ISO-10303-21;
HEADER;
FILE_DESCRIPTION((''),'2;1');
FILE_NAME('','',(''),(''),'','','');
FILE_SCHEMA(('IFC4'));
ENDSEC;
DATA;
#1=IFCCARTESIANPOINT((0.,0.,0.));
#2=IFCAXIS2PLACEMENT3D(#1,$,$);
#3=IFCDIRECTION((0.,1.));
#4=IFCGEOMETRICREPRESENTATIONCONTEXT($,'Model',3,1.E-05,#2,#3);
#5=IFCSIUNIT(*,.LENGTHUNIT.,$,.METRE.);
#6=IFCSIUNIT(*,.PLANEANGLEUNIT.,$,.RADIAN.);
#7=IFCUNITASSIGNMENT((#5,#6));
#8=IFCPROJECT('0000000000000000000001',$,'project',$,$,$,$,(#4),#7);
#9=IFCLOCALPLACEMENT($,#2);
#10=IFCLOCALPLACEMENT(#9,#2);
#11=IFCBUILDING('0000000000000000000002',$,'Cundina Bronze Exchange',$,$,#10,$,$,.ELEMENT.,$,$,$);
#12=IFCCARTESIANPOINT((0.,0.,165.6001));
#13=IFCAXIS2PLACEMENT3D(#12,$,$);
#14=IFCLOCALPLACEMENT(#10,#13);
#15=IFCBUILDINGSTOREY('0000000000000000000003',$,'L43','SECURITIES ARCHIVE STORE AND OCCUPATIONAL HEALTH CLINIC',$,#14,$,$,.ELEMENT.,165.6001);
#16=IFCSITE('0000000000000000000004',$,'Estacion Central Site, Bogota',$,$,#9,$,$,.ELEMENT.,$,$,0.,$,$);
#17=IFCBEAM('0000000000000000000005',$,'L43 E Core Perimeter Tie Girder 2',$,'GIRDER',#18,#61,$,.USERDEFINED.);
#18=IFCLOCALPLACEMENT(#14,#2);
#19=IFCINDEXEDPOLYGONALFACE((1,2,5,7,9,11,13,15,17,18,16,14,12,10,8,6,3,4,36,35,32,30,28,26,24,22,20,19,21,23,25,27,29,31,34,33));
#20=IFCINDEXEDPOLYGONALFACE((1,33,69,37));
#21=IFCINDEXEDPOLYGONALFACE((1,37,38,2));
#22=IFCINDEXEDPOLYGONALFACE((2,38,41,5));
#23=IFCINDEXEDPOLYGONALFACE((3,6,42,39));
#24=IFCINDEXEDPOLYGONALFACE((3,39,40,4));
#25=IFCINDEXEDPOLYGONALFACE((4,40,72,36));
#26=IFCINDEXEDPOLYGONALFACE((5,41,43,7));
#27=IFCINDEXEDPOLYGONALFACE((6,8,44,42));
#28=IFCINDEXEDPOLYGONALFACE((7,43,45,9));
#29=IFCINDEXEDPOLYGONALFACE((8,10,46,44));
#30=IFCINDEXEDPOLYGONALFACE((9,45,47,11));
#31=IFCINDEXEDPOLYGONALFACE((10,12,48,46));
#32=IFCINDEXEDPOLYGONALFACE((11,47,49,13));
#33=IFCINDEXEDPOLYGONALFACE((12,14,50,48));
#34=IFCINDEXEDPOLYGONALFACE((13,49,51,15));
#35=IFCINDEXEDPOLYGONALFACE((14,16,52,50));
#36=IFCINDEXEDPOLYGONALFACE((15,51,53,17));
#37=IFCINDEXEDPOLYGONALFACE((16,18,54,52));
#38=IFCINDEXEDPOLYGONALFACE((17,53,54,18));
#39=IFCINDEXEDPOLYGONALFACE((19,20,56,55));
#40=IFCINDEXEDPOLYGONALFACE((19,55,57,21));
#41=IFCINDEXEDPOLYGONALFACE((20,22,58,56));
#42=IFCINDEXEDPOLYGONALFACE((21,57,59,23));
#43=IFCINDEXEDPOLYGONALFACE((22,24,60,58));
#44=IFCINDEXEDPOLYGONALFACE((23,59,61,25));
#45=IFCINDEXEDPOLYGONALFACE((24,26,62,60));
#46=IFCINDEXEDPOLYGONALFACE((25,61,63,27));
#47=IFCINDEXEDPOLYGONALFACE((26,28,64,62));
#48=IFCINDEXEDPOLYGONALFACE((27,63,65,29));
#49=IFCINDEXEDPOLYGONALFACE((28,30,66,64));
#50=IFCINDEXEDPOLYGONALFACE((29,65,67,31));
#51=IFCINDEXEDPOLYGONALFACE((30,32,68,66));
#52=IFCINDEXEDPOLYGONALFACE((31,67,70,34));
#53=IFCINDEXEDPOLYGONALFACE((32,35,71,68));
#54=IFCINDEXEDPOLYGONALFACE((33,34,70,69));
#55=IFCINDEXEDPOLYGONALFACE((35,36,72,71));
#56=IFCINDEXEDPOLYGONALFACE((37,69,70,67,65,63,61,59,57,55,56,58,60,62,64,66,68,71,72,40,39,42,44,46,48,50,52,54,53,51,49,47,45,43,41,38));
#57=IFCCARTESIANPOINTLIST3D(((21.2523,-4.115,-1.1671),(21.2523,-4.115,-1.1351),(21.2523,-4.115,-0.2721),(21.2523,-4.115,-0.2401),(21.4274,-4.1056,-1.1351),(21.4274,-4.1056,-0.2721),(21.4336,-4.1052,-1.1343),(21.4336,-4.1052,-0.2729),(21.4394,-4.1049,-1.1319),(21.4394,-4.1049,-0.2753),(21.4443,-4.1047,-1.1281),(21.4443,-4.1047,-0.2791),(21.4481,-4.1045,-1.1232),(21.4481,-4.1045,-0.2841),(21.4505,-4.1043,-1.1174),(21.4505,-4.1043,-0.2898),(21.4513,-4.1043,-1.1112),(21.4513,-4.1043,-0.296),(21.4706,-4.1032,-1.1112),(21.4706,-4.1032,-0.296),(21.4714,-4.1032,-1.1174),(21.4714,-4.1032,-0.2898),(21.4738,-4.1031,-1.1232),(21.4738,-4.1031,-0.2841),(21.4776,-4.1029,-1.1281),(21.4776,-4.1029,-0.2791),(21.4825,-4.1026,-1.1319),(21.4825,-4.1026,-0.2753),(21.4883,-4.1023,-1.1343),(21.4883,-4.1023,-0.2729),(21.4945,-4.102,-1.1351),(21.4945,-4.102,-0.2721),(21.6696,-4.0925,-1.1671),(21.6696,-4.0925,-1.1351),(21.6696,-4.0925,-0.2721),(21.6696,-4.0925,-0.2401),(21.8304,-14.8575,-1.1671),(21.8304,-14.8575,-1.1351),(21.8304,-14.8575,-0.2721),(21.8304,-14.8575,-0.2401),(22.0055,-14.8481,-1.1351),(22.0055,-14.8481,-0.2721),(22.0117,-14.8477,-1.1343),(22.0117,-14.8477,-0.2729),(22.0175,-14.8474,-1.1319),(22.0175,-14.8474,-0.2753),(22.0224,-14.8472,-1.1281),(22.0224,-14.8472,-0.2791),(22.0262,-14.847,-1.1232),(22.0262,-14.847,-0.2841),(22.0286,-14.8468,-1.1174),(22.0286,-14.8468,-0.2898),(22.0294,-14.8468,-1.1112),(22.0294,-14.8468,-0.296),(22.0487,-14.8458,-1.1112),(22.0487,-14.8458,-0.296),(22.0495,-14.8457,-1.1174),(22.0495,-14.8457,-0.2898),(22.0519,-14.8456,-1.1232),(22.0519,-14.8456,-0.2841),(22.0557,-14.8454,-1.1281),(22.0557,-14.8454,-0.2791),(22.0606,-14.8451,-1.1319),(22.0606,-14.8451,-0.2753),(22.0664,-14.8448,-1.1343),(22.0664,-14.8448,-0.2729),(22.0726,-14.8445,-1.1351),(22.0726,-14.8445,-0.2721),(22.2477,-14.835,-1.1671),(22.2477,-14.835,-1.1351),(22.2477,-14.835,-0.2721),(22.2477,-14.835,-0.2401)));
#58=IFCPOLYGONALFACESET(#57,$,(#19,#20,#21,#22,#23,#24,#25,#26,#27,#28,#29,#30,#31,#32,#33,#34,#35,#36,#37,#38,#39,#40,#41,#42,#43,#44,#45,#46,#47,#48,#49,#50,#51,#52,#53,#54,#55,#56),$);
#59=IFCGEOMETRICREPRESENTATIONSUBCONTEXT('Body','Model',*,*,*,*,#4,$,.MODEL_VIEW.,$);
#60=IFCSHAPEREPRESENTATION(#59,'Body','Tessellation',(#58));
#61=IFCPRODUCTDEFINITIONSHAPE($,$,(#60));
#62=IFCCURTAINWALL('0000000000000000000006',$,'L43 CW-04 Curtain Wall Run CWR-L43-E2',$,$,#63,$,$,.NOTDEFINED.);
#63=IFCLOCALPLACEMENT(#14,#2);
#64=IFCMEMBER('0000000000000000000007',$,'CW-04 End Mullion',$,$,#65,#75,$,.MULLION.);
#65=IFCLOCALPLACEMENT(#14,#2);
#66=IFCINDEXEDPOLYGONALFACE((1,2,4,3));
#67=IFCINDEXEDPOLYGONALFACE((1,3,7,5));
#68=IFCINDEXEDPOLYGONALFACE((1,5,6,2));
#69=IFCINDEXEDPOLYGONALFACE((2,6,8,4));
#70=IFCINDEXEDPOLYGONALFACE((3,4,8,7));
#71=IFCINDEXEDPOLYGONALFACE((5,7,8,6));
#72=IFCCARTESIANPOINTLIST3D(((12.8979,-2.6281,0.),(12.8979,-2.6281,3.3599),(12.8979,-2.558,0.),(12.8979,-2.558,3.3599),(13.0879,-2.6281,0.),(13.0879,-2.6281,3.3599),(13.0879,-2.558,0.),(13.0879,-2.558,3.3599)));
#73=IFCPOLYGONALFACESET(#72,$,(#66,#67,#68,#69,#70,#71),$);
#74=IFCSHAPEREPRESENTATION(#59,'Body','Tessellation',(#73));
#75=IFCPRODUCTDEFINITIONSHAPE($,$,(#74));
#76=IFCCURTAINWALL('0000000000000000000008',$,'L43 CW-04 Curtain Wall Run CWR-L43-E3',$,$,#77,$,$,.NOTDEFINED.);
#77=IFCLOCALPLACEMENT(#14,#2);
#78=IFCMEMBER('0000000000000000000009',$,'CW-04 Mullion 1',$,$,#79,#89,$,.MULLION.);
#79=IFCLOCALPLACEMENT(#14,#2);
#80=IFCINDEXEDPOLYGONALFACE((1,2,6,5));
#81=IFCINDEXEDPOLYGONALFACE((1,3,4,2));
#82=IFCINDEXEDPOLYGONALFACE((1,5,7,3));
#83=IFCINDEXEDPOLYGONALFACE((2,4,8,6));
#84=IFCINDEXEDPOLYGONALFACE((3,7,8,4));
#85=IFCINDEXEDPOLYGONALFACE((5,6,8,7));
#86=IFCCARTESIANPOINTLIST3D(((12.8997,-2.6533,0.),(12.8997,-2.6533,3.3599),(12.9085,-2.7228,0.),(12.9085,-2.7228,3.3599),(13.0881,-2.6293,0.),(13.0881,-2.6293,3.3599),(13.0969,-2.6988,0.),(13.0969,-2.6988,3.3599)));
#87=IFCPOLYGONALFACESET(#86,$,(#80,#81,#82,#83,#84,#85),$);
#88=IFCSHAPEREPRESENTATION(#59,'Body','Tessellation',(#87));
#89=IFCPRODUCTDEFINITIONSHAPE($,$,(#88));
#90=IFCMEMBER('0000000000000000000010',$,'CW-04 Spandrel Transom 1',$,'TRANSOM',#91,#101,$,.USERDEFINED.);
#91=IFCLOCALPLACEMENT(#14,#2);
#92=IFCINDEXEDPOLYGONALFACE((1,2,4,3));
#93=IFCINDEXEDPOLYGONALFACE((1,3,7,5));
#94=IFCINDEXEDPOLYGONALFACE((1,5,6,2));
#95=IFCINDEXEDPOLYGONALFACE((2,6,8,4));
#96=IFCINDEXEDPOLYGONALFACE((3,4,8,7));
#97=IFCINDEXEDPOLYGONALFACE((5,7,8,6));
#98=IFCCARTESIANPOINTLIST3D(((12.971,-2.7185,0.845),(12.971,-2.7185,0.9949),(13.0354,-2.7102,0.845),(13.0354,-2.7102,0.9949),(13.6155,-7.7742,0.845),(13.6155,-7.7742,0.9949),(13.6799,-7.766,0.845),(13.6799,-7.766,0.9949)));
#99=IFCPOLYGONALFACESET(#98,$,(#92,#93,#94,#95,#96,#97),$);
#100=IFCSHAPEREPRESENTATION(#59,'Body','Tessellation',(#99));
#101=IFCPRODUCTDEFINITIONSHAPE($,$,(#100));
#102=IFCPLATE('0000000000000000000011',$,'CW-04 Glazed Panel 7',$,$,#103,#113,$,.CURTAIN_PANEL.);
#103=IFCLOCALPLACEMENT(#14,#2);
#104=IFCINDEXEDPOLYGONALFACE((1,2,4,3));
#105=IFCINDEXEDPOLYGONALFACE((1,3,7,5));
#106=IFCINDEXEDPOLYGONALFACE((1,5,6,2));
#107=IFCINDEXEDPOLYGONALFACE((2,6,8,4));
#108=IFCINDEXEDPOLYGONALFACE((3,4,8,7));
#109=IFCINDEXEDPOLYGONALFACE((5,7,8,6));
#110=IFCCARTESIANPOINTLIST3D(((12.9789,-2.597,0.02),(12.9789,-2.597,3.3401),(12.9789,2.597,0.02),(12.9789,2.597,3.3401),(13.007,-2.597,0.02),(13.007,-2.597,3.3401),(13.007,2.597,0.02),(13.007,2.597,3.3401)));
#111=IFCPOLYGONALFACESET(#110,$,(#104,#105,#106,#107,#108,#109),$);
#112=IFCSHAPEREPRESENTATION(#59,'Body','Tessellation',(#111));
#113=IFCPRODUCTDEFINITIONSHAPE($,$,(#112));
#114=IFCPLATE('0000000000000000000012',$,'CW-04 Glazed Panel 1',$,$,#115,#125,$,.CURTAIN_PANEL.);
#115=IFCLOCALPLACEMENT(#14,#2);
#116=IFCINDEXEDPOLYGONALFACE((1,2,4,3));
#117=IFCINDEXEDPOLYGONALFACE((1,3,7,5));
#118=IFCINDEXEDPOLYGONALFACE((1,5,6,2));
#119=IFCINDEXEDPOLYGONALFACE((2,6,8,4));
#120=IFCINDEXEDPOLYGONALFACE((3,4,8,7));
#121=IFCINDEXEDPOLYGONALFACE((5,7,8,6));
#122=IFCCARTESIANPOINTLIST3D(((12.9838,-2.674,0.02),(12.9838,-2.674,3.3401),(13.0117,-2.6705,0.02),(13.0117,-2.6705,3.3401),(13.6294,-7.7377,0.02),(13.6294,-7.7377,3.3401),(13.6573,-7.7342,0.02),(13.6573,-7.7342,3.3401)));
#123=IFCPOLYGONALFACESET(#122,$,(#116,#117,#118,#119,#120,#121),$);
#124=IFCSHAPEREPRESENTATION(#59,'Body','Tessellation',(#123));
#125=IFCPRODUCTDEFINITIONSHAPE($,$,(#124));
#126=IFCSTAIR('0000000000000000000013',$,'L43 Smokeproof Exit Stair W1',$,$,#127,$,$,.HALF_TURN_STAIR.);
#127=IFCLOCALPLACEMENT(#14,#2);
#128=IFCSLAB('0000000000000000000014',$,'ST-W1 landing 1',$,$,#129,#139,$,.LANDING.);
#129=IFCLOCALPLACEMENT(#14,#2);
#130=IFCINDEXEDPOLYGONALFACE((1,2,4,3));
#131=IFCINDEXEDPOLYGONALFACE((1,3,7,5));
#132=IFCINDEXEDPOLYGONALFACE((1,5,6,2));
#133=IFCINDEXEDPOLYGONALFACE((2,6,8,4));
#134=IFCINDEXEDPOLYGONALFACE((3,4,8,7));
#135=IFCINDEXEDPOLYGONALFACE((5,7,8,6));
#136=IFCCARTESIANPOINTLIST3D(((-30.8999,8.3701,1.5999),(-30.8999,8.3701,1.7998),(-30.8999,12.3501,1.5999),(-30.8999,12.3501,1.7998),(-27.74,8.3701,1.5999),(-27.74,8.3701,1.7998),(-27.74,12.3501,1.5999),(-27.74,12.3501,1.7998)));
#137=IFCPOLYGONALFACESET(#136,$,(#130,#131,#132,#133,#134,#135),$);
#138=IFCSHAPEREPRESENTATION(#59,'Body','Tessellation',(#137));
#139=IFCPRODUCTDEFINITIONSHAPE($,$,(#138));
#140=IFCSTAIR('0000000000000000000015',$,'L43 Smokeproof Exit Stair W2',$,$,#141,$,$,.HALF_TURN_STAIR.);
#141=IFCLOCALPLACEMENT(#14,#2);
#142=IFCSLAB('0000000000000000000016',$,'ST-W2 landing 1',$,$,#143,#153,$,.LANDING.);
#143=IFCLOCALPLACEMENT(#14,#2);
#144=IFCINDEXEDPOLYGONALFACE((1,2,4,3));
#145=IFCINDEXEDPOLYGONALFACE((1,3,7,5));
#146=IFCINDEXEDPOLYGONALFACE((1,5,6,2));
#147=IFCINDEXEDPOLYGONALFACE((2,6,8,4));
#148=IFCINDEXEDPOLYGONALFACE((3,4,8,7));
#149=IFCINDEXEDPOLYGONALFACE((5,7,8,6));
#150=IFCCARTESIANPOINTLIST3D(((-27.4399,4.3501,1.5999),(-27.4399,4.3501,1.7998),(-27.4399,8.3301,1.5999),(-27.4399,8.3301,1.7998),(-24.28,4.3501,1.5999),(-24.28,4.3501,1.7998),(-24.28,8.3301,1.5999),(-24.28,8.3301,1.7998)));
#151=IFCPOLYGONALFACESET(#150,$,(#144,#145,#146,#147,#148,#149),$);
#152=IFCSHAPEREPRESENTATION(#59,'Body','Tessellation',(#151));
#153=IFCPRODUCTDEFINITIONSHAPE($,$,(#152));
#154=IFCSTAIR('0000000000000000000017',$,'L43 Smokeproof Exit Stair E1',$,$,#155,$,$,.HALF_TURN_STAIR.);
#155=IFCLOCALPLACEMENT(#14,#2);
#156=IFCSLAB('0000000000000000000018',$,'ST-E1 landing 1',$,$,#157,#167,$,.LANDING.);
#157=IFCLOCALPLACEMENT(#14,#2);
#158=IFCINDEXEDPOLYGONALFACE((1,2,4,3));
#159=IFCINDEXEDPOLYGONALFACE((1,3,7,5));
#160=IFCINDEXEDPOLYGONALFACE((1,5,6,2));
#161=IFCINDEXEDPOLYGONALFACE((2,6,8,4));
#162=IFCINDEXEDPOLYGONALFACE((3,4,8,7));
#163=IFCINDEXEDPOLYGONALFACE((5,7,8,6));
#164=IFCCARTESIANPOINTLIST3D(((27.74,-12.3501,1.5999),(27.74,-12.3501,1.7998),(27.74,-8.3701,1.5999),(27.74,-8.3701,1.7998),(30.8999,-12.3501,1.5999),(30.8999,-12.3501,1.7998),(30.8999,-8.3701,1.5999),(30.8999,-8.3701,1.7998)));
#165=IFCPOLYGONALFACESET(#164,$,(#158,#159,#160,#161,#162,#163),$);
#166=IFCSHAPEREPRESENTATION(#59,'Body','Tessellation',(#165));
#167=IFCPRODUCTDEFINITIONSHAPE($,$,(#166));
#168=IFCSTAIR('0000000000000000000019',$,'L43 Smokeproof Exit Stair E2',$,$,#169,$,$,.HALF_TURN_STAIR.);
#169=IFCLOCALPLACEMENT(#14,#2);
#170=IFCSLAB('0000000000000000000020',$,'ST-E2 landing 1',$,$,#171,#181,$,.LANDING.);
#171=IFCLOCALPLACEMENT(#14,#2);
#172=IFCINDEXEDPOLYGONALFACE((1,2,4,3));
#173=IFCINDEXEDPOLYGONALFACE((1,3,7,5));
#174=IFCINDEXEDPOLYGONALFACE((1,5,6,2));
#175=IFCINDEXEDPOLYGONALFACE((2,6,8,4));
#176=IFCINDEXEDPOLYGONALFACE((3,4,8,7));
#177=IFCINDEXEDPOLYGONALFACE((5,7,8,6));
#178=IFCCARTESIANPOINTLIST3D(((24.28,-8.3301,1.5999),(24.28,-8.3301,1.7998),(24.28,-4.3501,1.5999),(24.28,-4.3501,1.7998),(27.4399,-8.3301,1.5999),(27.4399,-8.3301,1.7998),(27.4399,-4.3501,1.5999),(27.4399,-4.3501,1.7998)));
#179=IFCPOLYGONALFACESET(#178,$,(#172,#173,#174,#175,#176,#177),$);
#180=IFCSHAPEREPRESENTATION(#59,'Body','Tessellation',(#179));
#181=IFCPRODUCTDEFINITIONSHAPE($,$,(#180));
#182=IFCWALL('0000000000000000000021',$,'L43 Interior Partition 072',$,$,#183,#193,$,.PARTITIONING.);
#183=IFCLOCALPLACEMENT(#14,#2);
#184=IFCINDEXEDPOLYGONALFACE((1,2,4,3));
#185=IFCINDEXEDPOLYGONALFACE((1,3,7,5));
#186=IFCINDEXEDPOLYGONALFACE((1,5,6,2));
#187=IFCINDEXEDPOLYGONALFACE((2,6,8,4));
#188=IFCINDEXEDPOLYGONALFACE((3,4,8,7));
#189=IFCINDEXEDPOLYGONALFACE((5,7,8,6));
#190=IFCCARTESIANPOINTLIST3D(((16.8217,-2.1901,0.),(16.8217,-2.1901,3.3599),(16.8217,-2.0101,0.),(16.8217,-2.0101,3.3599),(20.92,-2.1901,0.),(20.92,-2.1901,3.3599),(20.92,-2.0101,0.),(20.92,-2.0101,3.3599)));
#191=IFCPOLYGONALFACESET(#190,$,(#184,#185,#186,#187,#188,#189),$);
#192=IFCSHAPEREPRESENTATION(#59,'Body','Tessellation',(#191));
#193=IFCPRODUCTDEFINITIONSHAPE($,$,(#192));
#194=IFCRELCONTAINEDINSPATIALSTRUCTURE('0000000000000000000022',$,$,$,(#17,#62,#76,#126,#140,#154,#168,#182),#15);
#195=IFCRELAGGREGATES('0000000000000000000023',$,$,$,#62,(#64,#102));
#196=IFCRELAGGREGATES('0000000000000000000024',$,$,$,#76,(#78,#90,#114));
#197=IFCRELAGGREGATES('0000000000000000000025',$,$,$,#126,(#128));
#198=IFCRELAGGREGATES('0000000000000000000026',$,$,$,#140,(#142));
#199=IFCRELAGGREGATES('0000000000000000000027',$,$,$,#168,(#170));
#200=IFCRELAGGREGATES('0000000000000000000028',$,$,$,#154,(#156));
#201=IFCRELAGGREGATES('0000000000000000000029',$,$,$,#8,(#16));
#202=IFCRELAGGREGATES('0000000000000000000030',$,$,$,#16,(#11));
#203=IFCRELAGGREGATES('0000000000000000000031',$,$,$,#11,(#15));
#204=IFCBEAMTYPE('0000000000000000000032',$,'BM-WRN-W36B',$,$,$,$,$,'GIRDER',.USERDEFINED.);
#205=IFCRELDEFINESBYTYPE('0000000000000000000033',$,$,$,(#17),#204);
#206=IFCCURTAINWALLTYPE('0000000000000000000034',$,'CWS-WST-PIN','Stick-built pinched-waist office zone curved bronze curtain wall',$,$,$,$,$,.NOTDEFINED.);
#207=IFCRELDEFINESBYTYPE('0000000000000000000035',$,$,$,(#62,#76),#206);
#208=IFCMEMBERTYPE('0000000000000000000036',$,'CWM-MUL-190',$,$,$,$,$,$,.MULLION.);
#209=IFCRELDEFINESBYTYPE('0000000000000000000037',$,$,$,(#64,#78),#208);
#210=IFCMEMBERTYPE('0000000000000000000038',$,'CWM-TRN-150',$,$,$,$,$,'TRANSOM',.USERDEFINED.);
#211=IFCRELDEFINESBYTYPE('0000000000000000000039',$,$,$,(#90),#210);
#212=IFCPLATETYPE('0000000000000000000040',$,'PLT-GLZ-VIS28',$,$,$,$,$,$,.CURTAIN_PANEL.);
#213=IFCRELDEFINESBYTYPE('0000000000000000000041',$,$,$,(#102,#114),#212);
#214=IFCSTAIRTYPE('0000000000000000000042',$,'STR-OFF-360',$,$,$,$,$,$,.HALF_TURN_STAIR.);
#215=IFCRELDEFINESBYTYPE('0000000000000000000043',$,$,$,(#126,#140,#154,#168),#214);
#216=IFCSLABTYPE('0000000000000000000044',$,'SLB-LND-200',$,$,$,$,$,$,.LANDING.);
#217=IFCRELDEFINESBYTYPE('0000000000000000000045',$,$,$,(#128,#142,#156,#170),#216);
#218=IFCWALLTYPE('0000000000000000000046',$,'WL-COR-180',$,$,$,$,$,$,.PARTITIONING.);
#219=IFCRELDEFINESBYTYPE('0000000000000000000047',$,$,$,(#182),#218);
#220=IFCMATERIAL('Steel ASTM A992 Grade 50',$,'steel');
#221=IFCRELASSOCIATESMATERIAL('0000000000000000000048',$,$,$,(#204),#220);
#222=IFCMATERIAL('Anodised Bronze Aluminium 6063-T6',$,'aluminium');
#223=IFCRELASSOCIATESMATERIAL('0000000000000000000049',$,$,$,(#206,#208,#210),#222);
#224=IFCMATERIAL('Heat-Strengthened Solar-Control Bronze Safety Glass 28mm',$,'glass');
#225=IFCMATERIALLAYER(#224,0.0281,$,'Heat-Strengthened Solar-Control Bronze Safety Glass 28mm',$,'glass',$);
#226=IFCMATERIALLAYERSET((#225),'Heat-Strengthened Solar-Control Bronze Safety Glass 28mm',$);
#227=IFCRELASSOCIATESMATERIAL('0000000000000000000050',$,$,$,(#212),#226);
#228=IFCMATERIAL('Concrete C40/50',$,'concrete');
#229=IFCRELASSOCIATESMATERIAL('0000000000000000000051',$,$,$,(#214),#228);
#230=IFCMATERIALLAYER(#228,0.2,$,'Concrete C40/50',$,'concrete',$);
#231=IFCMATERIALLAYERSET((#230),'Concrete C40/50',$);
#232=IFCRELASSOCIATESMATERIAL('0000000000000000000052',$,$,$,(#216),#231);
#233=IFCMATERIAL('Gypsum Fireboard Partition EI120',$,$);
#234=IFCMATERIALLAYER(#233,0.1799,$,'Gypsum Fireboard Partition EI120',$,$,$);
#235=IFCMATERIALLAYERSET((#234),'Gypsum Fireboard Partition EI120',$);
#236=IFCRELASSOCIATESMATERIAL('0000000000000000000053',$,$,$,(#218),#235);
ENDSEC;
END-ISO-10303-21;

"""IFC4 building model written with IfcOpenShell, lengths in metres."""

from ifc_helpers import new_model, si_unit, direction, frame, frame_2d, origin, origin_2d, place, context, subcontext, project, spatial, polyline, rectangle, i_section, outline, extrude, material, layer, layer_set, material_profile, profile_set, type_object, element, aggregate, save


model = new_model("IFC4")

# Units and contexts
model_context = context("Model", 3, precision=1e-05, world=origin(), true_north=direction((0.0, 1.0)))
body_context = subcontext(model_context, "Body", "Model", "MODEL_VIEW")
ifc_project = project(units=[si_unit("LENGTHUNIT", "METRE"), si_unit("PLANEANGLEUNIT", "RADIAN")], contexts=[model_context])

# Site, building, storey
site_placement = place(None, origin())
site = spatial("IfcSite", under=ifc_project, at=site_placement, Name="Estacion Central Site, Bogota", CompositionType="ELEMENT", RefElevation=0.0)
building_placement = place(site_placement, origin())
building = spatial("IfcBuilding", under=site, at=building_placement, Name="Cundina Bronze Exchange", CompositionType="ELEMENT")
storey_placement = place(building_placement, frame((0.0, 0.0, 165.6001)))
storey = spatial("IfcBuildingStorey", under=building, at=storey_placement, Name="L43", Description="SECURITIES ARCHIVE STORE AND OCCUPATIONAL HEALTH CLINIC", CompositionType="ELEMENT", Elevation=165.6001)

# Shared definitions
ifc_material_1 = material(Name="Steel ASTM A992 Grade 50", Category="steel")

# Beam
ifc_material_profile_1 = material_profile(ifc_material_1, i_section(OverallWidth=0.418, OverallDepth=0.927, WebThickness=0.0193, FlangeThickness=0.032, FilletRadius=0.0239, at=origin_2d()), Name="W36X231", Category="steel")
ifc_profile_set_1 = profile_set([ifc_material_profile_1], Name="Steel ASTM A992 Grade 50")
beam_type_1 = type_object("IfcBeamType", Name="BM-WRN-W36B", ElementType="GIRDER", PredefinedType="USERDEFINED", material=ifc_profile_set_1)
beam_1_placement = place(storey_placement, frame((21.4609, -4.1038, -0.7036), z_axis=(0.053739, -0.998555, 0.0), x_axis=(0.998555, 0.053739, 0.0)))
element("IfcBeam", 1, at=beam_1_placement, inside=storey, type_object=beam_type_1, Name="L43 E Core Perimeter Tie Girder 2", ObjectType="GIRDER", PredefinedType="USERDEFINED", context=body_context, shape_type="SweptSolid", body=[
    extrude(i_section(OverallWidth=0.418, OverallDepth=0.927, WebThickness=0.0193, FlangeThickness=0.032, FilletRadius=0.0239, at=origin_2d()), origin(), (0.0, 0.0, 1.0), 10.7581),
])

# Curtain wall, member
ifc_material_2 = material(Name="Anodised Bronze Aluminium 6063-T6", Category="aluminium")
curtain_wall_type = type_object("IfcCurtainWallType", Name="CWS-WST-PIN", Description="Stick-built pinched-waist office zone curved bronze curtain wall", PredefinedType="NOTDEFINED", material=ifc_material_2)
curtain_wall_1_placement = place(storey_placement, origin())
curtain_wall_1 = element("IfcCurtainWall", 2, at=curtain_wall_1_placement, inside=storey, type_object=curtain_wall_type, Name="L43 CW-04 Curtain Wall Run CWR-L43-E2", PredefinedType="NOTDEFINED")
ifc_material_profile_2 = material_profile(ifc_material_2, rectangle(XDim=0.0701, YDim=0.1899, at=origin_2d()), Name="AL70X190", Category="aluminium")
ifc_profile_set_2 = profile_set([ifc_material_profile_2], Name="Anodised Bronze Aluminium 6063-T6")
member_type_1 = type_object("IfcMemberType", Name="CWM-MUL-190", PredefinedType="MULLION", material=ifc_profile_set_2)
member_1_placement = place(storey_placement, frame((12.9929, -2.593, 0.0), z_axis=(0.0, 0.0, 1.0), x_axis=(0.0, -1.0, 0.0)))
member_1 = element("IfcMember", 3, at=member_1_placement, type_object=member_type_1, Name="CW-04 End Mullion", PredefinedType="MULLION", context=body_context, shape_type="SweptSolid", body=[
    extrude(rectangle(XDim=0.0701, YDim=0.1899, at=origin_2d()), origin(), (0.0, 0.0, 1.0), 3.3599),
])

# Curtain wall, members
curtain_wall_2_placement = place(storey_placement, origin())
curtain_wall_2 = element("IfcCurtainWall", 4, at=curtain_wall_2_placement, inside=storey, type_object=curtain_wall_type, Name="L43 CW-04 Curtain Wall Run CWR-L43-E3", PredefinedType="NOTDEFINED")
member_2_placement = place(storey_placement, frame((12.9983, -2.676, 0.0), z_axis=(0.0, 0.0, 1.0), x_axis=(0.126545, -0.991961, 0.0)))
member_2 = element("IfcMember", 5, at=member_2_placement, type_object=member_type_1, Name="CW-04 Mullion 1", PredefinedType="MULLION", context=body_context, shape_type="SweptSolid", body=[
    extrude(rectangle(XDim=0.0701, YDim=0.1899, at=origin_2d()), origin(), (0.0, 0.0, 1.0), 3.3599),
])
ifc_material_profile_3 = material_profile(ifc_material_2, rectangle(XDim=0.0649, YDim=0.1499, at=origin_2d()), Name="AL65X150", Category="aluminium")
ifc_profile_set_3 = profile_set([ifc_material_profile_3], Name="Anodised Bronze Aluminium 6063-T6")
member_type_2 = type_object("IfcMemberType", Name="CWM-TRN-150", ElementType="TRANSOM", PredefinedType="USERDEFINED", material=ifc_profile_set_3)
member_3_placement = place(storey_placement, frame((13.0032, -2.7144, 0.9199), z_axis=(0.126463, -0.991971, 0.0), x_axis=(0.991971, 0.126463, 0.0)))
member_3 = element("IfcMember", 6, at=member_3_placement, type_object=member_type_2, Name="CW-04 Spandrel Transom 1", ObjectType="TRANSOM", PredefinedType="USERDEFINED", context=body_context, shape_type="SweptSolid", body=[
    extrude(rectangle(XDim=0.0649, YDim=0.1499, at=origin_2d()), origin(), (0.0, 0.0, 1.0), 5.0967),
])

# Plates
ifc_material_3 = material(Name="Heat-Strengthened Solar-Control Bronze Safety Glass 28mm", Category="glass")
ifc_layer_1 = layer(ifc_material_3, 0.0281, Name="Heat-Strengthened Solar-Control Bronze Safety Glass 28mm", Category="glass")
ifc_layer_set_1 = layer_set([ifc_layer_1], Name="Heat-Strengthened Solar-Control Bronze Safety Glass 28mm")
plate_type = type_object("IfcPlateType", Name="PLT-GLZ-VIS28", PredefinedType="CURTAIN_PANEL", material=ifc_layer_set_1)
plate_1_placement = place(storey_placement, frame((12.9929, 0.0, 0.02), z_axis=(0.0, 0.0, 1.0), x_axis=(0.0, -1.0, 0.0)))
plate_1 = element("IfcPlate", 7, at=plate_1_placement, type_object=plate_type, Name="CW-04 Glazed Panel 7", PredefinedType="CURTAIN_PANEL", context=body_context, shape_type="SweptSolid", body=[
    extrude(rectangle(XDim=5.1941, YDim=0.0281, at=origin_2d()), origin(), (0.0, 0.0, 1.0), 3.3201),
])
aggregate(curtain_wall_1, [member_1, plate_1])
plate_2_placement = place(storey_placement, frame((13.3206, -5.2041, 0.02), z_axis=(0.0, 0.0, 1.0), x_axis=(0.126476, -0.99197, 0.0)))
plate_2 = element("IfcPlate", 8, at=plate_2_placement, type_object=plate_type, Name="CW-04 Glazed Panel 1", PredefinedType="CURTAIN_PANEL", context=body_context, shape_type="SweptSolid", body=[
    extrude(rectangle(XDim=5.1047, YDim=0.0281, at=origin_2d()), origin(), (0.0, 0.0, 1.0), 3.3201),
])
aggregate(curtain_wall_2, [member_2, member_3, plate_2])

# Stairs, slabs
ifc_material_4 = material(Name="Concrete C40/50", Category="concrete")
stair_type = type_object("IfcStairType", Name="STR-OFF-360", PredefinedType="HALF_TURN_STAIR", material=ifc_material_4)
stair_1_placement = place(storey_placement, origin())
stair_1 = element("IfcStair", 9, at=stair_1_placement, inside=storey, type_object=stair_type, Name="L43 Smokeproof Exit Stair W1", PredefinedType="HALF_TURN_STAIR")
ifc_layer_2 = layer(ifc_material_4, 0.2, Name="Concrete C40/50", Category="concrete")
ifc_layer_set_2 = layer_set([ifc_layer_2], Name="Concrete C40/50")
slab_type = type_object("IfcSlabType", Name="SLB-LND-200", PredefinedType="LANDING", material=ifc_layer_set_2)
slab_1_placement = place(storey_placement, frame((0.0, 0.0, 1.5999)))
slab_1 = element("IfcSlab", 10, at=slab_1_placement, type_object=slab_type, Name="ST-W1 landing 1", PredefinedType="LANDING", context=body_context, shape_type="SweptSolid", body=[
    extrude(outline(polyline([(-27.74, 8.3701), (-27.74, 12.3501), (-30.8999, 12.3501), (-30.8999, 8.3701), (-27.74, 8.3701)])), origin(), (0.0, 0.0, 1.0), 0.2),
])
aggregate(stair_1, [slab_1])
stair_2_placement = place(storey_placement, origin())
stair_2 = element("IfcStair", 11, at=stair_2_placement, inside=storey, type_object=stair_type, Name="L43 Smokeproof Exit Stair W2", PredefinedType="HALF_TURN_STAIR")
slab_2_placement = place(storey_placement, frame((0.0, 0.0, 1.5999)))
slab_2 = element("IfcSlab", 12, at=slab_2_placement, type_object=slab_type, Name="ST-W2 landing 1", PredefinedType="LANDING", context=body_context, shape_type="SweptSolid", body=[
    extrude(outline(polyline([(-27.4399, 8.3301), (-27.4399, 4.3501), (-24.28, 4.3501), (-24.28, 8.3301), (-27.4399, 8.3301)])), origin(), (0.0, 0.0, 1.0), 0.2),
])
aggregate(stair_2, [slab_2])
stair_3_placement = place(storey_placement, origin())
stair_3 = element("IfcStair", 13, at=stair_3_placement, inside=storey, type_object=stair_type, Name="L43 Smokeproof Exit Stair E1", PredefinedType="HALF_TURN_STAIR")
slab_3_placement = place(storey_placement, frame((0.0, 0.0, 1.5999)))
slab_3 = element("IfcSlab", 14, at=slab_3_placement, type_object=slab_type, Name="ST-E1 landing 1", PredefinedType="LANDING", context=body_context, shape_type="SweptSolid", body=[
    extrude(outline(polyline([(27.74, -8.3701), (27.74, -12.3501), (30.8999, -12.3501), (30.8999, -8.3701), (27.74, -8.3701)])), origin(), (0.0, 0.0, 1.0), 0.2),
])
stair_4_placement = place(storey_placement, origin())
stair_4 = element("IfcStair", 15, at=stair_4_placement, inside=storey, type_object=stair_type, Name="L43 Smokeproof Exit Stair E2", PredefinedType="HALF_TURN_STAIR")
slab_4_placement = place(storey_placement, frame((0.0, 0.0, 1.5999)))
slab_4 = element("IfcSlab", 16, at=slab_4_placement, type_object=slab_type, Name="ST-E2 landing 1", PredefinedType="LANDING", context=body_context, shape_type="SweptSolid", body=[
    extrude(outline(polyline([(27.4399, -8.3301), (27.4399, -4.3501), (24.28, -4.3501), (24.28, -8.3301), (27.4399, -8.3301)])), origin(), (0.0, 0.0, 1.0), 0.2),
])
aggregate(stair_4, [slab_4])

# Shared definitions
ifc_material_5 = material(Name="Gypsum Fireboard Partition EI120")
ifc_layer_3 = layer(ifc_material_5, 0.1799, Name="Gypsum Fireboard Partition EI120")
ifc_layer_set_3 = layer_set([ifc_layer_3], Name="Gypsum Fireboard Partition EI120")
wall_type_1 = type_object("IfcWallType", Name="WL-COR-180", PredefinedType="PARTITIONING", material=ifc_layer_set_3)

# Wall
wall_1_placement = place(storey_placement, frame((16.8215, -2.1001, 0.0), z_axis=(0.0, 0.0, 1.0), x_axis=(1.0, 0.0, 0.0)))
element("IfcWall", 17, at=wall_1_placement, inside=storey, type_object=wall_type_1, Name="L43 Interior Partition 072", PredefinedType="PARTITIONING", context=body_context, shape_type="SweptSolid", body=[
    extrude(rectangle(XDim=4.0984, YDim=0.1799, at=frame_2d((2.0493, 0.0))), origin(), (0.0, 0.0, 1.0), 3.3599),
])

aggregate(stair_3, [slab_3])

save(model, "model.ifc")
